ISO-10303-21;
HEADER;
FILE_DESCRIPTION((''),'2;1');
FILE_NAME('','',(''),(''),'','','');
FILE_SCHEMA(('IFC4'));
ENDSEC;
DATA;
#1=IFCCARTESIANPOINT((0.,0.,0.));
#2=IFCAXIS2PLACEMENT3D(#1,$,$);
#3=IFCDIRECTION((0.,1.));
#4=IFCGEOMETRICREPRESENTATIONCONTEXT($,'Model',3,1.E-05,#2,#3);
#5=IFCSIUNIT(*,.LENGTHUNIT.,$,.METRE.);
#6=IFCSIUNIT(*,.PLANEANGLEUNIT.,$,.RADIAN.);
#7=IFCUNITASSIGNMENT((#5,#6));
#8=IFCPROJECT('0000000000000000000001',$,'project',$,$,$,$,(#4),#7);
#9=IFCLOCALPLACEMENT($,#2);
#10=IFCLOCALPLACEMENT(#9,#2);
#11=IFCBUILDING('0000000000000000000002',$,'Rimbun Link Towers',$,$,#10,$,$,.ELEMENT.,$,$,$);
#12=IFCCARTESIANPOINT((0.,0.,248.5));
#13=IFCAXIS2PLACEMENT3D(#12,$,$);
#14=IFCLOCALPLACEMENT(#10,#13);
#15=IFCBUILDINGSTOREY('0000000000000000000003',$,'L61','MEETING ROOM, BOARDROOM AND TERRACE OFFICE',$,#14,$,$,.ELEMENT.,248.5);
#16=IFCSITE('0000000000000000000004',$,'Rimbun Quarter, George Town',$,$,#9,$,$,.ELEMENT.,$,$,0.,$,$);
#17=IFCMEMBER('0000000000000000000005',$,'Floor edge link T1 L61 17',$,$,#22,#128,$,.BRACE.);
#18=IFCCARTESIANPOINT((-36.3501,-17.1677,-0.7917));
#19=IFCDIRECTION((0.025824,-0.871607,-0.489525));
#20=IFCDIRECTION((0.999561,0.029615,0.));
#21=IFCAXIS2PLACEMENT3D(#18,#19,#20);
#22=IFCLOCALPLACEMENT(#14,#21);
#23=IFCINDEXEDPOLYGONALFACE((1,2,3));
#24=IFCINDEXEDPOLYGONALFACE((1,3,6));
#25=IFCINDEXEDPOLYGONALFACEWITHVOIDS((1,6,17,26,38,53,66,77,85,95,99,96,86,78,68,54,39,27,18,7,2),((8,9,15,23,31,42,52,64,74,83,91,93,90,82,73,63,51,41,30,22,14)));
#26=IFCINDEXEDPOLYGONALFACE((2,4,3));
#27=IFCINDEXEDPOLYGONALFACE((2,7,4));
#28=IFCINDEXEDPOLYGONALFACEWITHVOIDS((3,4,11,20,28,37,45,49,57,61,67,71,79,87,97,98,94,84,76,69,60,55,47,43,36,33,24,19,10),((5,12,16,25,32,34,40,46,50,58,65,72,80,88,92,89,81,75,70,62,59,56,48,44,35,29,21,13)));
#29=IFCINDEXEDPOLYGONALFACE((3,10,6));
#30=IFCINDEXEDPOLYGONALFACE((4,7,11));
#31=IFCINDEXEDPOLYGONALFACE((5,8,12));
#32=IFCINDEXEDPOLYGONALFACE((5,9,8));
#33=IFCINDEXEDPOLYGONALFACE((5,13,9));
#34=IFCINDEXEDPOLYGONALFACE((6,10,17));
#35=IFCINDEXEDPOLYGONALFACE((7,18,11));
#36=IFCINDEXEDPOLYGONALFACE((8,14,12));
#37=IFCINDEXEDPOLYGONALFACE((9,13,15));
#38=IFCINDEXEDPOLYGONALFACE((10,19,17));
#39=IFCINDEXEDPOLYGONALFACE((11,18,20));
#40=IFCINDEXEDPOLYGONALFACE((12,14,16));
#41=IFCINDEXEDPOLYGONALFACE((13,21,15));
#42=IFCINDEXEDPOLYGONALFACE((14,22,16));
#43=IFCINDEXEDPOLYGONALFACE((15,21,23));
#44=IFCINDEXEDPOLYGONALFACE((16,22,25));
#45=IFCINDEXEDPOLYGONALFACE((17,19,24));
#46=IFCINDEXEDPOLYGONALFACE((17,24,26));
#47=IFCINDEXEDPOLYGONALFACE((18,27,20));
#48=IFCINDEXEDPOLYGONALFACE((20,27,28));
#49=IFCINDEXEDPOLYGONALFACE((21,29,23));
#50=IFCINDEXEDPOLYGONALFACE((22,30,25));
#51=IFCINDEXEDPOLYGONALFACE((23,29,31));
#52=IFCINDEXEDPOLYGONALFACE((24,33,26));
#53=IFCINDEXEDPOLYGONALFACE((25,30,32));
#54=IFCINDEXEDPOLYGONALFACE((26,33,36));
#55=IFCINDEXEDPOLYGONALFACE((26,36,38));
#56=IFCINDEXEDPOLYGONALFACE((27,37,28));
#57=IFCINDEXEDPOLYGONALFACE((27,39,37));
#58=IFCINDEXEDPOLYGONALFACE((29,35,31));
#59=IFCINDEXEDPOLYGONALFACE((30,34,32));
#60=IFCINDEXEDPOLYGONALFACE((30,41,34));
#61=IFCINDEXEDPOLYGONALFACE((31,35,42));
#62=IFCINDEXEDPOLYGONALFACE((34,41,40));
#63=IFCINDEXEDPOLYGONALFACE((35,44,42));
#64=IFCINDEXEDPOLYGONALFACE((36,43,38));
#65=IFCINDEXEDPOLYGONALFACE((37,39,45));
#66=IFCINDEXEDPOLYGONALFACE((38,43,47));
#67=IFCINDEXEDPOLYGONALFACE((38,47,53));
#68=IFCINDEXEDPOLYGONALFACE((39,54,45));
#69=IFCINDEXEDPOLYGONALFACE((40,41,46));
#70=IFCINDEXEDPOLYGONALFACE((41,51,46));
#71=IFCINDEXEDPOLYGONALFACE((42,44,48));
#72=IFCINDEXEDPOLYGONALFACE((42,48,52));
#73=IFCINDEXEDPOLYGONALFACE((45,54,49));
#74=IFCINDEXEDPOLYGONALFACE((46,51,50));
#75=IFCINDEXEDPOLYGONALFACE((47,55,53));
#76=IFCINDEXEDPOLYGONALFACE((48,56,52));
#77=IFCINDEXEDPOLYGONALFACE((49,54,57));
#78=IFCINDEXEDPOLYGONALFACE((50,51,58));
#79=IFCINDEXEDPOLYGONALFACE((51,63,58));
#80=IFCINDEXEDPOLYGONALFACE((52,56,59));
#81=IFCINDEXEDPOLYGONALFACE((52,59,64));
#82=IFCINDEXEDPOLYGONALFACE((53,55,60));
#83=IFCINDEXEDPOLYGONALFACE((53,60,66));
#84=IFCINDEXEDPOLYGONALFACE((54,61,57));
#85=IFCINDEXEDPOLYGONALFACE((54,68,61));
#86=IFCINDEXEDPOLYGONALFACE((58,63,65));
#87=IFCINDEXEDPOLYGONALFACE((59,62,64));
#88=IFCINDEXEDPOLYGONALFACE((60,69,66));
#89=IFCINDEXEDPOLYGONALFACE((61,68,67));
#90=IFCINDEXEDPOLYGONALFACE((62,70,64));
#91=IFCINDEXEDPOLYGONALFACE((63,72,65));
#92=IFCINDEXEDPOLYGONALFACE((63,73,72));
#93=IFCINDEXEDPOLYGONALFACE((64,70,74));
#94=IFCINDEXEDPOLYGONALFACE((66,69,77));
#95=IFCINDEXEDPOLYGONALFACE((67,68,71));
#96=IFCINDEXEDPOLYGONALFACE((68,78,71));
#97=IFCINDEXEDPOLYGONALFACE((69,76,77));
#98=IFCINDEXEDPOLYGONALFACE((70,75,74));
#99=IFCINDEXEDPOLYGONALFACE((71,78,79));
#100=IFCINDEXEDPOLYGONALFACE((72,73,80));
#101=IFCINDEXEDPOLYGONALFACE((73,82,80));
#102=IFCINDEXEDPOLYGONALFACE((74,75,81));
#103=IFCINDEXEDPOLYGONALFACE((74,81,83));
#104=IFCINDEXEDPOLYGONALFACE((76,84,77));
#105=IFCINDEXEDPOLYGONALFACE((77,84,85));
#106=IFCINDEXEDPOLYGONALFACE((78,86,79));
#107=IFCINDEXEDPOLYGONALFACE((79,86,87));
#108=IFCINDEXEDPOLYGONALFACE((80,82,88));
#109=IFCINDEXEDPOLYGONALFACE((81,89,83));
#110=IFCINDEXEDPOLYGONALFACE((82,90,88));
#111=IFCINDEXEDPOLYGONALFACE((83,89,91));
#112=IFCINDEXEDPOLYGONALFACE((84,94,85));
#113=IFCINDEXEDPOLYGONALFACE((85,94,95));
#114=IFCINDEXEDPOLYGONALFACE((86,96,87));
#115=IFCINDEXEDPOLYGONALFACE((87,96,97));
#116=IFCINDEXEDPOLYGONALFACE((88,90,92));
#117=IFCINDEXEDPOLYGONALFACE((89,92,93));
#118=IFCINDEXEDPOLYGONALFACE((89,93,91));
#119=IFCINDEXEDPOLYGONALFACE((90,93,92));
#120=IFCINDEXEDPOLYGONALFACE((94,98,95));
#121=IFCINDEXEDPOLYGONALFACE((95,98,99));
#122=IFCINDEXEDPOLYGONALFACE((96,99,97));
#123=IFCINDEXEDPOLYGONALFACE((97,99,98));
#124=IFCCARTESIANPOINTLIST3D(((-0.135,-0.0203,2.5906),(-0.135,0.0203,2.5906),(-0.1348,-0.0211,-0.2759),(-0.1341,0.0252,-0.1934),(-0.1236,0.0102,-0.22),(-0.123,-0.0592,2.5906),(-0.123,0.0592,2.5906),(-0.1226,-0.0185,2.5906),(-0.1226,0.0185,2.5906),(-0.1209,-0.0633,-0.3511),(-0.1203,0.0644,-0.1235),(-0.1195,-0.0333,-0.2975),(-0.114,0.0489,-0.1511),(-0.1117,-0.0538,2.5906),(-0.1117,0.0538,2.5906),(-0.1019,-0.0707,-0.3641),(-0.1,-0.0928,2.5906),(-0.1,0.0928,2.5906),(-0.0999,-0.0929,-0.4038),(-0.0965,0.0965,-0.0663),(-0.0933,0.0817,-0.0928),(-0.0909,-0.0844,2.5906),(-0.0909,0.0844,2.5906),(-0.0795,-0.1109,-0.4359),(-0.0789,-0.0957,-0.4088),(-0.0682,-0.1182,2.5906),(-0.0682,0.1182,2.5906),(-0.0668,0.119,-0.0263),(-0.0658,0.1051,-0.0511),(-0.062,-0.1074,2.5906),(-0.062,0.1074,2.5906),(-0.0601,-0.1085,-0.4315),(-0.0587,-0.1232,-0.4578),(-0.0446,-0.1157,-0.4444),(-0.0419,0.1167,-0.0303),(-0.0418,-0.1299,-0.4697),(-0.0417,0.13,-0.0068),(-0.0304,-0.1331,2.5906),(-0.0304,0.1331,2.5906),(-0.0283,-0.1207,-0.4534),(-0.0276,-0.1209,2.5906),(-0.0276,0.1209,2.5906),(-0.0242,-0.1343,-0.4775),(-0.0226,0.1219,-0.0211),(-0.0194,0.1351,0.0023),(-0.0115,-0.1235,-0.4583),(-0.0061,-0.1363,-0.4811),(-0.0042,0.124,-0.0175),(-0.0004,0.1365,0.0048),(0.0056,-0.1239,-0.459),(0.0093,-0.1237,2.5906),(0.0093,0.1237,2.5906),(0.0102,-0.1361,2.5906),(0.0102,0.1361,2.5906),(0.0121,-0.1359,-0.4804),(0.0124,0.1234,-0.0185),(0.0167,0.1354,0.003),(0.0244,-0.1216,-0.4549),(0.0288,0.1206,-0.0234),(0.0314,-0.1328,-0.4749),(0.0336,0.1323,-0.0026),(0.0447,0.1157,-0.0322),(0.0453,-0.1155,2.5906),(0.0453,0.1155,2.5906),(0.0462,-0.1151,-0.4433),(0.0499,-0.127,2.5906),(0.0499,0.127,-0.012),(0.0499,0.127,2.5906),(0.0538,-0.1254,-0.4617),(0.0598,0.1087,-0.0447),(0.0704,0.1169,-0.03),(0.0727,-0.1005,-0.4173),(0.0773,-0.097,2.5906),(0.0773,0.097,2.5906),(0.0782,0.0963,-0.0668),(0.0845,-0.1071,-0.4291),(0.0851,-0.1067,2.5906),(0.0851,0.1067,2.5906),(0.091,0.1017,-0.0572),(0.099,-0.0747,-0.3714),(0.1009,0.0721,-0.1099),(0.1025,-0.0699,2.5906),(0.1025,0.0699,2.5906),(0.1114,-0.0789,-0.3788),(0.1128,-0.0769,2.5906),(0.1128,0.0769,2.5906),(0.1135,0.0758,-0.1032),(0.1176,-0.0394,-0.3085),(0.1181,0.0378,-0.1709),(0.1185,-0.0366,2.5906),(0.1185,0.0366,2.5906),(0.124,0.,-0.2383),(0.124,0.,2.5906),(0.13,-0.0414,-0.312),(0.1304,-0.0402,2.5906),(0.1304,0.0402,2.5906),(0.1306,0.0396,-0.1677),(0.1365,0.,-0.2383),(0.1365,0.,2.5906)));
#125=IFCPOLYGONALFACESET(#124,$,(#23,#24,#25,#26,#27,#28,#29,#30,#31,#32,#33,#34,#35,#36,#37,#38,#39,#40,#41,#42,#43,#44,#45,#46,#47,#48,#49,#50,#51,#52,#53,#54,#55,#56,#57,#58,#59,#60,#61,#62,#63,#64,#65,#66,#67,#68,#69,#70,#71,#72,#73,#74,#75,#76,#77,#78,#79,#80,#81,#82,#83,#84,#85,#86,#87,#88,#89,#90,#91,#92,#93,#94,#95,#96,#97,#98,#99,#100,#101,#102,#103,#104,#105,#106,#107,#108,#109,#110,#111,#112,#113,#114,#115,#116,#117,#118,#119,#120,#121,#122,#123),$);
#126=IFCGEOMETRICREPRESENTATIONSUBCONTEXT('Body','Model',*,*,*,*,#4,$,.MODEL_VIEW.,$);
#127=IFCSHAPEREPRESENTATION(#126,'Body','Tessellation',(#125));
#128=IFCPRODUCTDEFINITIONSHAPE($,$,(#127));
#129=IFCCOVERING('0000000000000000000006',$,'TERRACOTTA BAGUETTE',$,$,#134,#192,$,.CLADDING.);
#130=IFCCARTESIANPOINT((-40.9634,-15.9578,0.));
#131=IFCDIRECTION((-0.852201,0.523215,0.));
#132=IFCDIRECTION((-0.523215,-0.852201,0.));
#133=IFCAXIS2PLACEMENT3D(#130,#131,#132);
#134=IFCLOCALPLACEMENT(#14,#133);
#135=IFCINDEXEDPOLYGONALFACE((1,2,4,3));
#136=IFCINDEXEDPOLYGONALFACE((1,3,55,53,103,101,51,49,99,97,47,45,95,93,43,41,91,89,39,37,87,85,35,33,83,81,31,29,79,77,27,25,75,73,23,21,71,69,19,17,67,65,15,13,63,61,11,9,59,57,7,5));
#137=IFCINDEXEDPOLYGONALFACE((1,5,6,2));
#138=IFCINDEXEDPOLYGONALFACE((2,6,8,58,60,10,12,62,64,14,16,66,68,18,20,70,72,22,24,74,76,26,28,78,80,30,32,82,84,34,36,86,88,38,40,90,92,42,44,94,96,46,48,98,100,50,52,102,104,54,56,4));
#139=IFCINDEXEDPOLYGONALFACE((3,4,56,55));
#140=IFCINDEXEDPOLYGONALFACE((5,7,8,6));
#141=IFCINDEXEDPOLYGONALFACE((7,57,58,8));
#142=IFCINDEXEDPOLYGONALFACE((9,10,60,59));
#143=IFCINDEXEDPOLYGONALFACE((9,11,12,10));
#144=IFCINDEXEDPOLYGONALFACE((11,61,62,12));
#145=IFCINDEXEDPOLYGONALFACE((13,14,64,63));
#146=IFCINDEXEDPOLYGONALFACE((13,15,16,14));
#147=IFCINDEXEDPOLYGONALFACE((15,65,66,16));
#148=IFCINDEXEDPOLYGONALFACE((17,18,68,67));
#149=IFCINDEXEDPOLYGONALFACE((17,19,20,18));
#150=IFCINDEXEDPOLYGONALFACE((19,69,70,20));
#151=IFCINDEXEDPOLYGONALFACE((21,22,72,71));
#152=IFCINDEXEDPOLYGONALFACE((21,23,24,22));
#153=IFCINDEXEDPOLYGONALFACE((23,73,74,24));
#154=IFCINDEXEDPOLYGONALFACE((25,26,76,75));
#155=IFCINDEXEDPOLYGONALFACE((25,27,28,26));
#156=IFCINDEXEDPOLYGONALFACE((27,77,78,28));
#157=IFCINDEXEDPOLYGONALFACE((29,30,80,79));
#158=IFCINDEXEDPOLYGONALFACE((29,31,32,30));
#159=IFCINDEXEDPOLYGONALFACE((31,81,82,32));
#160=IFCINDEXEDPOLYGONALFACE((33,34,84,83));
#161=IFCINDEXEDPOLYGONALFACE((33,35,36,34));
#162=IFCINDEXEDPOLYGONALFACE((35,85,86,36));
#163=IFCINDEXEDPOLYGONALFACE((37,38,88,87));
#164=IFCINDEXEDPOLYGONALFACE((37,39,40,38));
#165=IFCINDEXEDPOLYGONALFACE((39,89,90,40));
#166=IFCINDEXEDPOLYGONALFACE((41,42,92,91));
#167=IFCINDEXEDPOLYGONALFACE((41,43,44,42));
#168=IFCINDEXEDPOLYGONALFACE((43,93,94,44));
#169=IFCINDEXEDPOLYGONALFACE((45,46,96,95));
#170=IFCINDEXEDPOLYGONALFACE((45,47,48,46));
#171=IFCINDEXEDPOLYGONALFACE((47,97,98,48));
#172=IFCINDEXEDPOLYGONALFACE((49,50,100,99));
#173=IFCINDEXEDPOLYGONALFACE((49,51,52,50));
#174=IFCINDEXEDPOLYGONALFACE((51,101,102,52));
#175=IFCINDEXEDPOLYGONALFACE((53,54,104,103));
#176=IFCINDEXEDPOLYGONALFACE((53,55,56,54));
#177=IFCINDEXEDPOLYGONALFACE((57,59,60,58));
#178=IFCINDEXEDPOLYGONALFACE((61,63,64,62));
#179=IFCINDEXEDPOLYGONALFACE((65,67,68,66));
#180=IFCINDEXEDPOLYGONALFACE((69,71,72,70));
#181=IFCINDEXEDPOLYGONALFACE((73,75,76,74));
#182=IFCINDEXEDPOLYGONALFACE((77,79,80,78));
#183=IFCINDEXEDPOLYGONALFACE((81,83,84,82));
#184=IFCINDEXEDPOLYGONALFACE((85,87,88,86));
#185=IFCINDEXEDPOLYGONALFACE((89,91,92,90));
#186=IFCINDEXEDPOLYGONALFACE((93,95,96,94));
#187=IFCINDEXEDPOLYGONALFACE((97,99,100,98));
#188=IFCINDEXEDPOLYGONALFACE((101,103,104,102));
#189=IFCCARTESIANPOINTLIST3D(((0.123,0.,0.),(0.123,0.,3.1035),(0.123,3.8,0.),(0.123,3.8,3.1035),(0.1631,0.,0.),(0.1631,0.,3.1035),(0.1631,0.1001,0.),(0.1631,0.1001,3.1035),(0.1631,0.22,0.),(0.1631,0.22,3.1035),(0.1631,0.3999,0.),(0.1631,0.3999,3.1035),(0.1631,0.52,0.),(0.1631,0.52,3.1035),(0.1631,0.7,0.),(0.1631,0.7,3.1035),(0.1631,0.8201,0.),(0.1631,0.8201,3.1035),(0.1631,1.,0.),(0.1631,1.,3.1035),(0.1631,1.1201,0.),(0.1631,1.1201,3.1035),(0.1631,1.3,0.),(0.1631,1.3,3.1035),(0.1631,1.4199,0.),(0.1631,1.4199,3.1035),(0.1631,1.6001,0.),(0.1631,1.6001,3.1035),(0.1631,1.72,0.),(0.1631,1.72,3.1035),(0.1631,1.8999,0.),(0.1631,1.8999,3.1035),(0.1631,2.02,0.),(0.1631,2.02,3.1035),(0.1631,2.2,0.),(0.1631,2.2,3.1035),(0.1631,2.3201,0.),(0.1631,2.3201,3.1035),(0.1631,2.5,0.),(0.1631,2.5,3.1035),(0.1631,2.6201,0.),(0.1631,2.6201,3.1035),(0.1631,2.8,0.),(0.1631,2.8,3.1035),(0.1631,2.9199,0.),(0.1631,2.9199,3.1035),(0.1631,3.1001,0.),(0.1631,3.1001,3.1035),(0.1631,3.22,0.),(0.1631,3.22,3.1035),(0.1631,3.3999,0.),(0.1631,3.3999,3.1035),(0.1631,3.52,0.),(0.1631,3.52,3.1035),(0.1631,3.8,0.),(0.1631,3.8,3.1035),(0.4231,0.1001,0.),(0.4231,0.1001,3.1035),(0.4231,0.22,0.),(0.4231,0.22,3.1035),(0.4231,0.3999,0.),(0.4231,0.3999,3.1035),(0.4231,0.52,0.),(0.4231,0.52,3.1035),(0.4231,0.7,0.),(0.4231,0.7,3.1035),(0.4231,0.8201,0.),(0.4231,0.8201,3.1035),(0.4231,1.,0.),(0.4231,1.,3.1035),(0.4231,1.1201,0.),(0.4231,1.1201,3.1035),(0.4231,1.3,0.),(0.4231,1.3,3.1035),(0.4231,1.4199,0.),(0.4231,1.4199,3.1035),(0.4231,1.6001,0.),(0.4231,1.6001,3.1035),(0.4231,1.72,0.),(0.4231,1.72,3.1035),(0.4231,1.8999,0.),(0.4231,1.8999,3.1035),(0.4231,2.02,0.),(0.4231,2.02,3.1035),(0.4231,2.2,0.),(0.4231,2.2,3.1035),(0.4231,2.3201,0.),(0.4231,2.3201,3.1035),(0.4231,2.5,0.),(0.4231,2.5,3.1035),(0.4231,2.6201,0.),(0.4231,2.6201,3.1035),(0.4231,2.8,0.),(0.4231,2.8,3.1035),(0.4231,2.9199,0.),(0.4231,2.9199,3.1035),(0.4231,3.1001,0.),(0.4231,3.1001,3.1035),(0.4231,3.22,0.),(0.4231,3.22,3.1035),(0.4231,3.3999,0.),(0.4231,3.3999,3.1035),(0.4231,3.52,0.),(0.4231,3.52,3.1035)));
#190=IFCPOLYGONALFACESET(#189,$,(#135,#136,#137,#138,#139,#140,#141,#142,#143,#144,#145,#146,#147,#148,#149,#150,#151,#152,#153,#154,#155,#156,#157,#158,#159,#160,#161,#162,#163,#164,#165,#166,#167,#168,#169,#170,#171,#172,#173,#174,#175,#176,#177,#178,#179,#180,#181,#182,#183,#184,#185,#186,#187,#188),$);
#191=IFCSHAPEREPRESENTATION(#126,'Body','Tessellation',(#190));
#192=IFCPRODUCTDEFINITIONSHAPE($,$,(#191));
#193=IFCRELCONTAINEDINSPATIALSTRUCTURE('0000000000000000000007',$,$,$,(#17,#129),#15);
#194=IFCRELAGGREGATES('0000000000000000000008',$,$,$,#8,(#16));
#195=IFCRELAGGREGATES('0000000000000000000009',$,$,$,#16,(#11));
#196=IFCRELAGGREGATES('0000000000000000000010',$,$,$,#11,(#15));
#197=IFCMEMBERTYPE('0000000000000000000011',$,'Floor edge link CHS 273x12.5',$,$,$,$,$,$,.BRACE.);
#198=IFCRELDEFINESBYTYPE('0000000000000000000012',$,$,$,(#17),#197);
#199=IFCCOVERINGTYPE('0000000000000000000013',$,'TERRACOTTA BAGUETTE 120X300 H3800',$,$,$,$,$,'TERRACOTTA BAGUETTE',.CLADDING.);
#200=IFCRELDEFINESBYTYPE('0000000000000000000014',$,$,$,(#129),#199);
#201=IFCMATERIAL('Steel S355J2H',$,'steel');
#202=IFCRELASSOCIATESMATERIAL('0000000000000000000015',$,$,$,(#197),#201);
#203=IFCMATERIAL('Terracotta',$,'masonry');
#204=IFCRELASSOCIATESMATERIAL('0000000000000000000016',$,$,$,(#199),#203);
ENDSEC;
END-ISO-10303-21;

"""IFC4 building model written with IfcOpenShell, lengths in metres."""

from ifc_helpers import new_model, si_unit, direction, frame, origin, origin_2d, place, context, subcontext, project, spatial, polyline, hollow_circle, outline, extrude, clip, halfspace, material, material_profile, profile_set, type_object, element, save


model = new_model("IFC4")

# Units and contexts
model_context = context("Model", 3, precision=1e-05, world=origin(), true_north=direction((0.0, 1.0)))
body_context = subcontext(model_context, "Body", "Model", "MODEL_VIEW")
ifc_project = project(units=[si_unit("LENGTHUNIT", "METRE"), si_unit("PLANEANGLEUNIT", "RADIAN")], contexts=[model_context])

# Site, building, storey
site_placement = place(None, origin())
site = spatial("IfcSite", under=ifc_project, at=site_placement, Name="Rimbun Quarter, George Town", CompositionType="ELEMENT", RefElevation=0.0)
building_placement = place(site_placement, origin())
building = spatial("IfcBuilding", under=site, at=building_placement, Name="Rimbun Link Towers", CompositionType="ELEMENT")
storey_placement = place(building_placement, frame((0.0, 0.0, 248.5)))
storey = spatial("IfcBuildingStorey", under=building, at=storey_placement, Name="L61", Description="MEETING ROOM, BOARDROOM AND TERRACE OFFICE", CompositionType="ELEMENT", Elevation=248.5)

# Member
ifc_material_1 = material(Name="Steel S355J2H", Category="steel")
ifc_material_profile_1 = material_profile(ifc_material_1, hollow_circle(Radius=0.1365, WallThickness=0.0125, at=origin_2d()), Name="CHS 273x12.5")
ifc_profile_set_1 = profile_set([ifc_material_profile_1], Name="Steel S355J2H")
member_type_1 = type_object("IfcMemberType", Name="Floor edge link CHS 273x12.5", PredefinedType="BRACE", material=ifc_profile_set_1)
member_1_placement = place(storey_placement, frame((-36.3501, -17.1677, -0.7917), z_axis=(0.025824, -0.871607, -0.489525), x_axis=(0.999561, 0.029615, 0.0)))
element("IfcMember", 1, at=member_1_placement, inside=storey, type_object=member_type_1, Name="Floor edge link T1 L61 17", PredefinedType="BRACE", context=body_context, shape_type="Clipping", body=[
    clip(extrude(hollow_circle(Radius=0.1365, WallThickness=0.0125, at=origin_2d()), frame((0.0, 0.0, -0.5066)), (0.0, 0.0, 1.0), 3.0972), halfspace(frame((0.0, 0.0, -0.2383), z_axis=(0.0, 0.871989, -0.489525)), False)),
])

# Covering
ifc_material_2 = material(Name="Terracotta", Category="masonry")
ifc_material_profile_2 = material_profile(ifc_material_2, outline(polyline([(0.123, 0.0), (0.1631, 0.0), (0.1631, 0.1001), (0.4231, 0.1001), (0.4231, 0.22), (0.1631, 0.22), (0.1631, 0.3999), (0.4231, 0.3999), (0.4231, 0.52), (0.1631, 0.52), (0.1631, 0.7), (0.4231, 0.7), (0.4231, 0.8201), (0.1631, 0.8201), (0.1631, 1.0), (0.4231, 1.0), (0.4231, 1.1201), (0.1631, 1.1201), (0.1631, 1.3), (0.4231, 1.3), (0.4231, 1.4199), (0.1631, 1.4199), (0.1631, 1.6001), (0.4231, 1.6001), (0.4231, 1.72), (0.1631, 1.72), (0.1631, 1.8999), (0.4231, 1.8999), (0.4231, 2.02), (0.1631, 2.02), (0.1631, 2.2), (0.4231, 2.2), (0.4231, 2.3201), (0.1631, 2.3201), (0.1631, 2.5), (0.4231, 2.5), (0.4231, 2.6201), (0.1631, 2.6201), (0.1631, 2.8), (0.4231, 2.8), (0.4231, 2.9199), (0.1631, 2.9199), (0.1631, 3.1001), (0.4231, 3.1001), (0.4231, 3.22), (0.1631, 3.22), (0.1631, 3.3999), (0.4231, 3.3999), (0.4231, 3.52), (0.1631, 3.52), (0.1631, 3.8), (0.123, 3.8), (0.123, 0.0)])), Name="BAGUETTE 120X300")
ifc_profile_set_2 = profile_set([ifc_material_profile_2], Name="Terracotta")
covering_type = type_object("IfcCoveringType", Name="TERRACOTTA BAGUETTE 120X300 H3800", ElementType="TERRACOTTA BAGUETTE", PredefinedType="CLADDING", material=ifc_profile_set_2)
covering_1_placement = place(storey_placement, frame((-40.9634, -15.9578, 0.0), z_axis=(-0.852201, 0.523215, 0.0), x_axis=(-0.523215, -0.852201, 0.0)))
element("IfcCovering", 2, at=covering_1_placement, inside=storey, type_object=covering_type, Name="TERRACOTTA BAGUETTE", PredefinedType="CLADDING", context=body_context, shape_type="SweptSolid", body=[
    extrude(outline(polyline([(0.123, 0.0), (0.1631, 0.0), (0.1631, 0.1001), (0.4231, 0.1001), (0.4231, 0.22), (0.1631, 0.22), (0.1631, 0.3999), (0.4231, 0.3999), (0.4231, 0.52), (0.1631, 0.52), (0.1631, 0.7), (0.4231, 0.7), (0.4231, 0.8201), (0.1631, 0.8201), (0.1631, 1.0), (0.4231, 1.0), (0.4231, 1.1201), (0.1631, 1.1201), (0.1631, 1.3), (0.4231, 1.3), (0.4231, 1.4199), (0.1631, 1.4199), (0.1631, 1.6001), (0.4231, 1.6001), (0.4231, 1.72), (0.1631, 1.72), (0.1631, 1.8999), (0.4231, 1.8999), (0.4231, 2.02), (0.1631, 2.02), (0.1631, 2.2), (0.4231, 2.2), (0.4231, 2.3201), (0.1631, 2.3201), (0.1631, 2.5), (0.4231, 2.5), (0.4231, 2.6201), (0.1631, 2.6201), (0.1631, 2.8), (0.4231, 2.8), (0.4231, 2.9199), (0.1631, 2.9199), (0.1631, 3.1001), (0.4231, 3.1001), (0.4231, 3.22), (0.1631, 3.22), (0.1631, 3.3999), (0.4231, 3.3999), (0.4231, 3.52), (0.1631, 3.52), (0.1631, 3.8), (0.123, 3.8), (0.123, 0.0)])), origin(), (0.0, 0.0, 1.0), 3.1035),
])

save(model, "model.ifc")
